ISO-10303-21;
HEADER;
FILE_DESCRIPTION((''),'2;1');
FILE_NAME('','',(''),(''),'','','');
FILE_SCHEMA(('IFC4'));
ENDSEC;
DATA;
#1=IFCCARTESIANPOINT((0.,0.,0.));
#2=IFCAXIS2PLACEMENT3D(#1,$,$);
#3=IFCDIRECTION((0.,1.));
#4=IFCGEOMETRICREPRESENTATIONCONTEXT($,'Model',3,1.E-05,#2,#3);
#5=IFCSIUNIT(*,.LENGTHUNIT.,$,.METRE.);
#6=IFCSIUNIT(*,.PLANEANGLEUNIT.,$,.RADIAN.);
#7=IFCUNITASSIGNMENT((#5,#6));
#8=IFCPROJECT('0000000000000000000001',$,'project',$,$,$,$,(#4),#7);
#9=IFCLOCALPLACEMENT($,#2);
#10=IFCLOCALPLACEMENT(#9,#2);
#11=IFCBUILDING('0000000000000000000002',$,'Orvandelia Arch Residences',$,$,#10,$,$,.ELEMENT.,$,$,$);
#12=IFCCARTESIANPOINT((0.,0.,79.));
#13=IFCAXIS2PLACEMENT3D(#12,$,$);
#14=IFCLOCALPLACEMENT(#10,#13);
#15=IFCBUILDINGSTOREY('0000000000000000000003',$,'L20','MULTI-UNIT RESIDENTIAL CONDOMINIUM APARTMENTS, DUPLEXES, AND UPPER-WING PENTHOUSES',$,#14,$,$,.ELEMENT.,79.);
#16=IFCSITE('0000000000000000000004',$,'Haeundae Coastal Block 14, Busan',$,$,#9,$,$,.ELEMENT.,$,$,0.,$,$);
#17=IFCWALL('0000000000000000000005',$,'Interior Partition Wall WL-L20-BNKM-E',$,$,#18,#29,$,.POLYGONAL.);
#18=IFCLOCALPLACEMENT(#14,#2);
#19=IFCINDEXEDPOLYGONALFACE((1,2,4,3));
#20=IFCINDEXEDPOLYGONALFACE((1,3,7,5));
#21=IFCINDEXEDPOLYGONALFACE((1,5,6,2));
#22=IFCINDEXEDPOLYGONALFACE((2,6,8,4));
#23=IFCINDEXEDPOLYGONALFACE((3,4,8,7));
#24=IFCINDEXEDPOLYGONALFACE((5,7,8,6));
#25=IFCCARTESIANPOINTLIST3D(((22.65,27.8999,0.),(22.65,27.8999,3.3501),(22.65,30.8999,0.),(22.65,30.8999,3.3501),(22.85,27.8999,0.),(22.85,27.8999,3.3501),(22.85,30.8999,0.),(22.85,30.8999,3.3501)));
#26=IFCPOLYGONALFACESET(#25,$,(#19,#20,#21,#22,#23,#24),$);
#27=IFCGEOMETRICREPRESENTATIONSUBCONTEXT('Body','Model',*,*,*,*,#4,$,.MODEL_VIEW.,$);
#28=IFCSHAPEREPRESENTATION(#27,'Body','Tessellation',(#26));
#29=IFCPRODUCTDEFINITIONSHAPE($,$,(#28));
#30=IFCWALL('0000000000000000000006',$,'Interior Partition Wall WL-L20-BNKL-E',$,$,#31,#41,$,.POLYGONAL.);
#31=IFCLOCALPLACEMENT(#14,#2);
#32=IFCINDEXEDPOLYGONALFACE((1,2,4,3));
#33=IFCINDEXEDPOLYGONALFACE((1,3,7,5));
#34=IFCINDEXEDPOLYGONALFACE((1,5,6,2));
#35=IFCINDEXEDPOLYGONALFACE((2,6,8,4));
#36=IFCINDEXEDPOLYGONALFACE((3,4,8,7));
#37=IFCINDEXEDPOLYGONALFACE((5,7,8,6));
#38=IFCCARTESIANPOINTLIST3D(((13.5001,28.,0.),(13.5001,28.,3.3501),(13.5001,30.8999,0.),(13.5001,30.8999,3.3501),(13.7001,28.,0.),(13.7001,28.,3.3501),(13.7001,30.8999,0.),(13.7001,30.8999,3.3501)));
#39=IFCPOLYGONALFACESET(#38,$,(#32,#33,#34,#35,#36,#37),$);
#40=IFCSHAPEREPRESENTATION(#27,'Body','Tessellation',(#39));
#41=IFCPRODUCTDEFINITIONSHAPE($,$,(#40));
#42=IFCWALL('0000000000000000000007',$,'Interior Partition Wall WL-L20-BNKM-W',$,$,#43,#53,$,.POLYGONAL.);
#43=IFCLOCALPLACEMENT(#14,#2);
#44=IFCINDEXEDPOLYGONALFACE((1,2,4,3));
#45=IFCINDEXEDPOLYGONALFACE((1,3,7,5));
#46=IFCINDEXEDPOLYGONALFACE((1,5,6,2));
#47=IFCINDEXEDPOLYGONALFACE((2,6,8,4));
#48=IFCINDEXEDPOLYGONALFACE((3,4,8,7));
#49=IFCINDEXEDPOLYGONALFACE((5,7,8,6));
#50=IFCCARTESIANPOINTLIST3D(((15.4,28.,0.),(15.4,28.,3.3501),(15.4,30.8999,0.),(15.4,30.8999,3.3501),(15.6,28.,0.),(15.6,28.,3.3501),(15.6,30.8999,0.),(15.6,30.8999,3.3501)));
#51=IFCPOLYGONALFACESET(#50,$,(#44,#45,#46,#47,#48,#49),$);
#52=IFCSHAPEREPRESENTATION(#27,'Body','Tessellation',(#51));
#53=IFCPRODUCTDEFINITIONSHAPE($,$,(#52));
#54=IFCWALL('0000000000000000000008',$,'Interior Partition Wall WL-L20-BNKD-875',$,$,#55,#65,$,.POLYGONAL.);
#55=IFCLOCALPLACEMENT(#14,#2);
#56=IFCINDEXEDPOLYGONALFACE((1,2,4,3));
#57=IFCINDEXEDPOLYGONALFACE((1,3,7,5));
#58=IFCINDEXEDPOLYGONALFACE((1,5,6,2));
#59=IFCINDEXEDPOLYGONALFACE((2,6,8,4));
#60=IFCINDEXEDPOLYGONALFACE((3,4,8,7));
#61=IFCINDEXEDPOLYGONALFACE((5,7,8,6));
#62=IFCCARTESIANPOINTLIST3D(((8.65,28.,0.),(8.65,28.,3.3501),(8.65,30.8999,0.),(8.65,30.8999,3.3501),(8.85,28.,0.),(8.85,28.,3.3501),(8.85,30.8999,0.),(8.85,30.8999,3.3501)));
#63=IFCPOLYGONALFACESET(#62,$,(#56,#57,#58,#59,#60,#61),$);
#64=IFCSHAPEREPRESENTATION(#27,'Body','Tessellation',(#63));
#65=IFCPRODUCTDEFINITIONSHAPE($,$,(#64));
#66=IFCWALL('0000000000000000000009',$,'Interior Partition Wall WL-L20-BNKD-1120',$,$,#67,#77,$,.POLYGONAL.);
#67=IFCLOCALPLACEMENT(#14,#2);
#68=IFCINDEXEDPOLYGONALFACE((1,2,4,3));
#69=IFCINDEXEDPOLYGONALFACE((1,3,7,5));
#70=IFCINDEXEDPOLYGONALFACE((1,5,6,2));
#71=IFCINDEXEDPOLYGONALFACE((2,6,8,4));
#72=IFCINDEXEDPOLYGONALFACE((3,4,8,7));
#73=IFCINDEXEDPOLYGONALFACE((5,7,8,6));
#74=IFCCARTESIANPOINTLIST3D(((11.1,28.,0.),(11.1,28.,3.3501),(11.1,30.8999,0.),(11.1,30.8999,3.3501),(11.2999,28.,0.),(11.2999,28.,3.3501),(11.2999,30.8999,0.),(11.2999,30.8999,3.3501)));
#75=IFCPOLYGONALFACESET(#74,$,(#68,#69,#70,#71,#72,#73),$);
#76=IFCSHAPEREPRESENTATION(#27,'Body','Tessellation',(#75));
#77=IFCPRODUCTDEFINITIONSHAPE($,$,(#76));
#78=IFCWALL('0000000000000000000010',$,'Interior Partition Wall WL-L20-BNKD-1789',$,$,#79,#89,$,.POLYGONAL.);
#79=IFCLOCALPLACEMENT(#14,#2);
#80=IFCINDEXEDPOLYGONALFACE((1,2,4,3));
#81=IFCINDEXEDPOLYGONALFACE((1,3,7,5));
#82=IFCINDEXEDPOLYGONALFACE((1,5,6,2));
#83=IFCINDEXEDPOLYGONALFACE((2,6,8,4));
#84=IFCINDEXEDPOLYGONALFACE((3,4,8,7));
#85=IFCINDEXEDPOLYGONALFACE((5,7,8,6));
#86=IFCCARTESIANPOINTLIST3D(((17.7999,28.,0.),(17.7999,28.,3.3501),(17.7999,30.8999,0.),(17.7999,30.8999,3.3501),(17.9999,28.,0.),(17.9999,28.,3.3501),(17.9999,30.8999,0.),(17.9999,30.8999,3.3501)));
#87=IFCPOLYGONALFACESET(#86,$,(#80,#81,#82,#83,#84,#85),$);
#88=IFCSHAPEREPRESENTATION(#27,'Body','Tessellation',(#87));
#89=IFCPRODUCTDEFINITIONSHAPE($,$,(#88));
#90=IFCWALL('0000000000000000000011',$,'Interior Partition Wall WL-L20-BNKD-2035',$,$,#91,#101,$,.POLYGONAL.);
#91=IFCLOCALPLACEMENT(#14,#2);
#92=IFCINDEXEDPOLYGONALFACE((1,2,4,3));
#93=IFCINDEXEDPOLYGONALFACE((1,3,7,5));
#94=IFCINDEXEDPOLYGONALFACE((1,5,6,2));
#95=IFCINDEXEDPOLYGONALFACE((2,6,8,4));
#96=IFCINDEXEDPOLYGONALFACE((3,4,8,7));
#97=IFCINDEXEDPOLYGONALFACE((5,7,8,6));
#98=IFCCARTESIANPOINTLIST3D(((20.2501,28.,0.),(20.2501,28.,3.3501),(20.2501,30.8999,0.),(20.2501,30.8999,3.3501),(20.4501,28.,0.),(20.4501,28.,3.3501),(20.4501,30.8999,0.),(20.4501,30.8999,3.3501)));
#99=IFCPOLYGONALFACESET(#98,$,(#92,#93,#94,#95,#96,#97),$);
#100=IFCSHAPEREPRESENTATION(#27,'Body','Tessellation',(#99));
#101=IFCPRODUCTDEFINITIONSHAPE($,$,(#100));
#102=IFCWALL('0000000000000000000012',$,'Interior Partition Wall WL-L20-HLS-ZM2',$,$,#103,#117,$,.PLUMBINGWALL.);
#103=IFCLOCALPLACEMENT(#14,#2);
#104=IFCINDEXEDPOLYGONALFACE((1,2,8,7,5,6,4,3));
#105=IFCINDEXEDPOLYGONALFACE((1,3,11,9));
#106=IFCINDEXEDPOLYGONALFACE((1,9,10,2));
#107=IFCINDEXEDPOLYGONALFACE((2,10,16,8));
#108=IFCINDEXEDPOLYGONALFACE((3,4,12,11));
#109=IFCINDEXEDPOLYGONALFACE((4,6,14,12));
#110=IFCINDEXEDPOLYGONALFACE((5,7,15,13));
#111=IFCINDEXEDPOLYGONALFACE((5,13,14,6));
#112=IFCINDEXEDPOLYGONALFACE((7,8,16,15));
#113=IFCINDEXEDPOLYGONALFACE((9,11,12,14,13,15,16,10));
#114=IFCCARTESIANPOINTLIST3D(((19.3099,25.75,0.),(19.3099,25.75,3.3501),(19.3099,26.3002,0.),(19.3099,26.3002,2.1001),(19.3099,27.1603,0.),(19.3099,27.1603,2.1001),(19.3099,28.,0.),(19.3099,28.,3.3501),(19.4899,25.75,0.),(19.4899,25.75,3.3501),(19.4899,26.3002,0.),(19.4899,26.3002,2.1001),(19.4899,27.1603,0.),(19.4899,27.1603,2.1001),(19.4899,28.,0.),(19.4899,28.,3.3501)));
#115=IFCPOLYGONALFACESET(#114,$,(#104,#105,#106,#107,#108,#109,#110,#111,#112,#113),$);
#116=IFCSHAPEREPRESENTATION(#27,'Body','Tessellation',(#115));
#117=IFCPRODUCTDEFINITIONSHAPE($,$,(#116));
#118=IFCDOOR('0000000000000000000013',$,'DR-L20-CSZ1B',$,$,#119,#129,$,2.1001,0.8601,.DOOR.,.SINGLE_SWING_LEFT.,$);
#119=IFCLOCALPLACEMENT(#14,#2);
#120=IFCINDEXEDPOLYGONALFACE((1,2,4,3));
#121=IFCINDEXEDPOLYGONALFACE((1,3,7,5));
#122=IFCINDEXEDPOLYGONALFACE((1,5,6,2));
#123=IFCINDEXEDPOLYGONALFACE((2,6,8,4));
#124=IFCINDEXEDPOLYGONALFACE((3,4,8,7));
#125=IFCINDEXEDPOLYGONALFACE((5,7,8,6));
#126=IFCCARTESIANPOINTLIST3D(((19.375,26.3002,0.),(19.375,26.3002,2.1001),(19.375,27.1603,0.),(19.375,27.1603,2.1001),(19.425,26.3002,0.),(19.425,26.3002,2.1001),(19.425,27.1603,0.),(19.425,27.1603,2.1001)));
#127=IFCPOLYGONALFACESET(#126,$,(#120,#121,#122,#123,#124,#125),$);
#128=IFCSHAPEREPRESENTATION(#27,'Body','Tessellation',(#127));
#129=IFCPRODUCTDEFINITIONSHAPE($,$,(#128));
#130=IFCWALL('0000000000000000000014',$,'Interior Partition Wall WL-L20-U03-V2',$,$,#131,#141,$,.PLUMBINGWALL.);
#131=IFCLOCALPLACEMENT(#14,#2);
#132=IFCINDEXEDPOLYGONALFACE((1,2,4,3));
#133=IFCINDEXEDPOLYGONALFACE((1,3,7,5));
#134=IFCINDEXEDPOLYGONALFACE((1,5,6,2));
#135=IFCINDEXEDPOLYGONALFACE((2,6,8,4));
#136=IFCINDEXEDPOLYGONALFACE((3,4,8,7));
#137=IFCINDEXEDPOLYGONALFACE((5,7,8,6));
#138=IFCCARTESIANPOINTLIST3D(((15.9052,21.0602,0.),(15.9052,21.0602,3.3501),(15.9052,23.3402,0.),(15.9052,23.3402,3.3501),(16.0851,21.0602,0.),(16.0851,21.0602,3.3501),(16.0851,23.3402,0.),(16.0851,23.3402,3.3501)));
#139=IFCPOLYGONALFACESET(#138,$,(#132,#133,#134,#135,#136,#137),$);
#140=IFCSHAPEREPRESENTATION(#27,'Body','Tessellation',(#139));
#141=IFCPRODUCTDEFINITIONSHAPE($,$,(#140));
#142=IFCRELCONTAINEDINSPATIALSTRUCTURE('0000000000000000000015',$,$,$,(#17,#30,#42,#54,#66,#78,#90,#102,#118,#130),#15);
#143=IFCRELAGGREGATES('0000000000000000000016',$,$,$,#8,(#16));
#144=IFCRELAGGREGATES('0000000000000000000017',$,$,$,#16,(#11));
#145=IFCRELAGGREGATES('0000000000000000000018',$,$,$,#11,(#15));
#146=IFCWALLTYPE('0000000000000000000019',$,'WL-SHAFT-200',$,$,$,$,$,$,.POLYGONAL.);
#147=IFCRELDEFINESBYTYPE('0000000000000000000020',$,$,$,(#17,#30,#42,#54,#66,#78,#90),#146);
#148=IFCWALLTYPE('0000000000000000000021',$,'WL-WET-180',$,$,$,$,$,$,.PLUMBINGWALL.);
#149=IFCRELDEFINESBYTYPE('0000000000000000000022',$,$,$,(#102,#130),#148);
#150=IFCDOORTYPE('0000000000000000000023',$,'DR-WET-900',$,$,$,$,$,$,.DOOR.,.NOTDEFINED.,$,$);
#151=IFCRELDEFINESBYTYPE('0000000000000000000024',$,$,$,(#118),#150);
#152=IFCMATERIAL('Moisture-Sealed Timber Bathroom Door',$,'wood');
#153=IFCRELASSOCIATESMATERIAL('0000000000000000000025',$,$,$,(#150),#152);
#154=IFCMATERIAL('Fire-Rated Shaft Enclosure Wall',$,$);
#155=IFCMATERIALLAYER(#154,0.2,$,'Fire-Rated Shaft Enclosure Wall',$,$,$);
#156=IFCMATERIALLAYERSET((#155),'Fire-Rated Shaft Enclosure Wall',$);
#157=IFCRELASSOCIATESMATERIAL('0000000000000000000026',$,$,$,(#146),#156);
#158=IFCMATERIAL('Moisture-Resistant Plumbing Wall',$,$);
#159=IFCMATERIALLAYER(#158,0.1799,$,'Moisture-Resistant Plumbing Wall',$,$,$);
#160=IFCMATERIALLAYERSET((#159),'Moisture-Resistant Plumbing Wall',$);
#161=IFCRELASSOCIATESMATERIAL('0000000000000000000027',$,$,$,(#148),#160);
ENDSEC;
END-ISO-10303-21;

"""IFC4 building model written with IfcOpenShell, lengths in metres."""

from ifc_helpers import new_model, si_unit, direction, frame, frame_2d, origin, place, context, subcontext, project, spatial, rectangle, extrude, material, layer, layer_set, type_object, element, fill, save


model = new_model("IFC4")

# Units and contexts
model_context = context("Model", 3, precision=1e-05, world=origin(), true_north=direction((0.0, 1.0)))
body_context = subcontext(model_context, "Body", "Model", "MODEL_VIEW")
ifc_project = project(units=[si_unit("LENGTHUNIT", "METRE"), si_unit("PLANEANGLEUNIT", "RADIAN")], contexts=[model_context])

# Site, building, storey
site_placement = place(None, origin())
site = spatial("IfcSite", under=ifc_project, at=site_placement, Name="Haeundae Coastal Block 14, Busan", CompositionType="ELEMENT", RefElevation=0.0)
building_placement = place(site_placement, origin())
building = spatial("IfcBuilding", under=site, at=building_placement, Name="Orvandelia Arch Residences", CompositionType="ELEMENT")
storey_placement = place(building_placement, frame((0.0, 0.0, 79.0)))
storey = spatial("IfcBuildingStorey", under=building, at=storey_placement, Name="L20", Description="MULTI-UNIT RESIDENTIAL CONDOMINIUM APARTMENTS, DUPLEXES, AND UPPER-WING PENTHOUSES", CompositionType="ELEMENT", Elevation=79.0)

# Shared definitions
ifc_material_1 = material(Name="Moisture-Sealed Timber Bathroom Door", Category="wood")
door_type_1 = type_object("IfcDoorType", Name="DR-WET-900", OperationType="NOTDEFINED", PredefinedType="DOOR", material=ifc_material_1)

# Shared definitions
ifc_material_2 = material(Name="Fire-Rated Shaft Enclosure Wall")
ifc_layer_1 = layer(ifc_material_2, 0.2, Name="Fire-Rated Shaft Enclosure Wall")
ifc_layer_set_1 = layer_set([ifc_layer_1], Name="Fire-Rated Shaft Enclosure Wall")
wall_type_1 = type_object("IfcWallType", Name="WL-SHAFT-200", PredefinedType="POLYGONAL", material=ifc_layer_set_1)

# Walls
wall_1_placement = place(storey_placement, frame((22.75, 27.8999, 0.0), z_axis=(0.0, 0.0, 1.0), x_axis=(0.0, 1.0, 0.0)))
element("IfcWall", 1, at=wall_1_placement, inside=storey, type_object=wall_type_1, Name="Interior Partition Wall WL-L20-BNKM-E", PredefinedType="POLYGONAL", context=body_context, shape_type="SweptSolid", body=[
    extrude(rectangle(XDim=3.0, YDim=0.2, at=frame_2d((1.5, 0.0))), origin(), (0.0, 0.0, 1.0), 3.3501),
])
for number, where, z_axis, x_axis, name in (
    (2, (13.6001, 28.0, 0.0), (0.0, 0.0, 1.0), (0.0, 1.0, 0.0), "Interior Partition Wall WL-L20-BNKL-E"),
    (3, (15.5, 28.0, 0.0), (0.0, 0.0, 1.0), (0.0, 1.0, 0.0), "Interior Partition Wall WL-L20-BNKM-W"),
    (4, (8.75, 28.0, 0.0), (0.0, 0.0, 1.0), (0.0, 1.0, 0.0), "Interior Partition Wall WL-L20-BNKD-875"),
    (5, (11.2, 28.0, 0.0), (0.0, 0.0, 1.0), (0.0, 1.0, 0.0), "Interior Partition Wall WL-L20-BNKD-1120"),
    (6, (17.8999, 28.0, 0.0), (0.0, 0.0, 1.0), (0.0, 1.0, 0.0), "Interior Partition Wall WL-L20-BNKD-1789"),
    (7, (20.3501, 28.0, 0.0), (0.0, 0.0, 1.0), (0.0, 1.0, 0.0), "Interior Partition Wall WL-L20-BNKD-2035"),
):
    element("IfcWall", number, at=place(storey_placement, frame(where, z_axis=z_axis, x_axis=x_axis)), inside=storey, type_object=wall_type_1, Name=name, PredefinedType="POLYGONAL", context=body_context, shape_type="SweptSolid", body=[
        extrude(rectangle(XDim=2.8999, YDim=0.2, at=frame_2d((1.45, 0.0))), origin(), (0.0, 0.0, 1.0), 3.3501),
    ])

# Wall, opening, door
ifc_material_3 = material(Name="Moisture-Resistant Plumbing Wall")
ifc_layer_2 = layer(ifc_material_3, 0.1799, Name="Moisture-Resistant Plumbing Wall")
ifc_layer_set_2 = layer_set([ifc_layer_2], Name="Moisture-Resistant Plumbing Wall")
wall_type_2 = type_object("IfcWallType", Name="WL-WET-180", PredefinedType="PLUMBINGWALL", material=ifc_layer_set_2)
wall_2_placement = place(storey_placement, frame((19.3999, 25.75, 0.0), z_axis=(0.0, 0.0, 1.0), x_axis=(0.0, 1.0, 0.0)))
wall_2 = element("IfcWall", 8, at=wall_2_placement, inside=storey, type_object=wall_type_2, Name="Interior Partition Wall WL-L20-HLS-ZM2", PredefinedType="PLUMBINGWALL", context=body_context, shape_type="SweptSolid", body=[
    extrude(rectangle(XDim=2.25, YDim=0.1799, at=frame_2d((1.125, 0.0))), origin(), (0.0, 0.0, 1.0), 3.3501),
])
opening_1_placement = place(wall_2_placement, frame((0.55, 0.0, 0.0)))
opening_1 = element("IfcOpeningElement", 9, at=opening_1_placement, cuts=wall_2, PredefinedType="OPENING", context=body_context, shape_type="SweptSolid", body=[
    extrude(rectangle(XDim=0.8601, YDim=2.1001, at=frame_2d((0.4302, 1.05))), frame((0.0, 0.1001, 0.0), z_axis=(0.0, -1.0, 0.0), x_axis=(1.0, 0.0, 0.0)), (0.0, 0.0, 1.0), 0.2),
])
door_1_placement = place(opening_1_placement, origin())
door_1 = element("IfcDoor", 10, at=door_1_placement, inside=storey, type_object=door_type_1, Name="DR-L20-CSZ1B", OperationType="SINGLE_SWING_LEFT", OverallHeight=2.1001, OverallWidth=0.8601, PredefinedType="DOOR", context=body_context, shape_type="SweptSolid", body=[
    extrude(rectangle(XDim=0.8601, YDim=2.1001, at=frame_2d((0.4302, 1.05))), frame((0.0, 0.0249, 0.0), z_axis=(0.0, -1.0, 0.0), x_axis=(1.0, 0.0, 0.0)), (0.0, 0.0, 1.0), 0.05),
])
fill(opening_1, door_1)

# Wall
wall_3_placement = place(storey_placement, frame((15.9951, 21.0601, 0.0), z_axis=(0.0, 0.0, 1.0), x_axis=(0.0, 1.0, 0.0)))
element("IfcWall", 11, at=wall_3_placement, inside=storey, type_object=wall_type_2, Name="Interior Partition Wall WL-L20-U03-V2", PredefinedType="PLUMBINGWALL", context=body_context, shape_type="SweptSolid", body=[
    extrude(rectangle(XDim=2.28, YDim=0.1799, at=frame_2d((1.1401, 0.0))), origin(), (0.0, 0.0, 1.0), 3.3501),
])

save(model, "model.ifc")
